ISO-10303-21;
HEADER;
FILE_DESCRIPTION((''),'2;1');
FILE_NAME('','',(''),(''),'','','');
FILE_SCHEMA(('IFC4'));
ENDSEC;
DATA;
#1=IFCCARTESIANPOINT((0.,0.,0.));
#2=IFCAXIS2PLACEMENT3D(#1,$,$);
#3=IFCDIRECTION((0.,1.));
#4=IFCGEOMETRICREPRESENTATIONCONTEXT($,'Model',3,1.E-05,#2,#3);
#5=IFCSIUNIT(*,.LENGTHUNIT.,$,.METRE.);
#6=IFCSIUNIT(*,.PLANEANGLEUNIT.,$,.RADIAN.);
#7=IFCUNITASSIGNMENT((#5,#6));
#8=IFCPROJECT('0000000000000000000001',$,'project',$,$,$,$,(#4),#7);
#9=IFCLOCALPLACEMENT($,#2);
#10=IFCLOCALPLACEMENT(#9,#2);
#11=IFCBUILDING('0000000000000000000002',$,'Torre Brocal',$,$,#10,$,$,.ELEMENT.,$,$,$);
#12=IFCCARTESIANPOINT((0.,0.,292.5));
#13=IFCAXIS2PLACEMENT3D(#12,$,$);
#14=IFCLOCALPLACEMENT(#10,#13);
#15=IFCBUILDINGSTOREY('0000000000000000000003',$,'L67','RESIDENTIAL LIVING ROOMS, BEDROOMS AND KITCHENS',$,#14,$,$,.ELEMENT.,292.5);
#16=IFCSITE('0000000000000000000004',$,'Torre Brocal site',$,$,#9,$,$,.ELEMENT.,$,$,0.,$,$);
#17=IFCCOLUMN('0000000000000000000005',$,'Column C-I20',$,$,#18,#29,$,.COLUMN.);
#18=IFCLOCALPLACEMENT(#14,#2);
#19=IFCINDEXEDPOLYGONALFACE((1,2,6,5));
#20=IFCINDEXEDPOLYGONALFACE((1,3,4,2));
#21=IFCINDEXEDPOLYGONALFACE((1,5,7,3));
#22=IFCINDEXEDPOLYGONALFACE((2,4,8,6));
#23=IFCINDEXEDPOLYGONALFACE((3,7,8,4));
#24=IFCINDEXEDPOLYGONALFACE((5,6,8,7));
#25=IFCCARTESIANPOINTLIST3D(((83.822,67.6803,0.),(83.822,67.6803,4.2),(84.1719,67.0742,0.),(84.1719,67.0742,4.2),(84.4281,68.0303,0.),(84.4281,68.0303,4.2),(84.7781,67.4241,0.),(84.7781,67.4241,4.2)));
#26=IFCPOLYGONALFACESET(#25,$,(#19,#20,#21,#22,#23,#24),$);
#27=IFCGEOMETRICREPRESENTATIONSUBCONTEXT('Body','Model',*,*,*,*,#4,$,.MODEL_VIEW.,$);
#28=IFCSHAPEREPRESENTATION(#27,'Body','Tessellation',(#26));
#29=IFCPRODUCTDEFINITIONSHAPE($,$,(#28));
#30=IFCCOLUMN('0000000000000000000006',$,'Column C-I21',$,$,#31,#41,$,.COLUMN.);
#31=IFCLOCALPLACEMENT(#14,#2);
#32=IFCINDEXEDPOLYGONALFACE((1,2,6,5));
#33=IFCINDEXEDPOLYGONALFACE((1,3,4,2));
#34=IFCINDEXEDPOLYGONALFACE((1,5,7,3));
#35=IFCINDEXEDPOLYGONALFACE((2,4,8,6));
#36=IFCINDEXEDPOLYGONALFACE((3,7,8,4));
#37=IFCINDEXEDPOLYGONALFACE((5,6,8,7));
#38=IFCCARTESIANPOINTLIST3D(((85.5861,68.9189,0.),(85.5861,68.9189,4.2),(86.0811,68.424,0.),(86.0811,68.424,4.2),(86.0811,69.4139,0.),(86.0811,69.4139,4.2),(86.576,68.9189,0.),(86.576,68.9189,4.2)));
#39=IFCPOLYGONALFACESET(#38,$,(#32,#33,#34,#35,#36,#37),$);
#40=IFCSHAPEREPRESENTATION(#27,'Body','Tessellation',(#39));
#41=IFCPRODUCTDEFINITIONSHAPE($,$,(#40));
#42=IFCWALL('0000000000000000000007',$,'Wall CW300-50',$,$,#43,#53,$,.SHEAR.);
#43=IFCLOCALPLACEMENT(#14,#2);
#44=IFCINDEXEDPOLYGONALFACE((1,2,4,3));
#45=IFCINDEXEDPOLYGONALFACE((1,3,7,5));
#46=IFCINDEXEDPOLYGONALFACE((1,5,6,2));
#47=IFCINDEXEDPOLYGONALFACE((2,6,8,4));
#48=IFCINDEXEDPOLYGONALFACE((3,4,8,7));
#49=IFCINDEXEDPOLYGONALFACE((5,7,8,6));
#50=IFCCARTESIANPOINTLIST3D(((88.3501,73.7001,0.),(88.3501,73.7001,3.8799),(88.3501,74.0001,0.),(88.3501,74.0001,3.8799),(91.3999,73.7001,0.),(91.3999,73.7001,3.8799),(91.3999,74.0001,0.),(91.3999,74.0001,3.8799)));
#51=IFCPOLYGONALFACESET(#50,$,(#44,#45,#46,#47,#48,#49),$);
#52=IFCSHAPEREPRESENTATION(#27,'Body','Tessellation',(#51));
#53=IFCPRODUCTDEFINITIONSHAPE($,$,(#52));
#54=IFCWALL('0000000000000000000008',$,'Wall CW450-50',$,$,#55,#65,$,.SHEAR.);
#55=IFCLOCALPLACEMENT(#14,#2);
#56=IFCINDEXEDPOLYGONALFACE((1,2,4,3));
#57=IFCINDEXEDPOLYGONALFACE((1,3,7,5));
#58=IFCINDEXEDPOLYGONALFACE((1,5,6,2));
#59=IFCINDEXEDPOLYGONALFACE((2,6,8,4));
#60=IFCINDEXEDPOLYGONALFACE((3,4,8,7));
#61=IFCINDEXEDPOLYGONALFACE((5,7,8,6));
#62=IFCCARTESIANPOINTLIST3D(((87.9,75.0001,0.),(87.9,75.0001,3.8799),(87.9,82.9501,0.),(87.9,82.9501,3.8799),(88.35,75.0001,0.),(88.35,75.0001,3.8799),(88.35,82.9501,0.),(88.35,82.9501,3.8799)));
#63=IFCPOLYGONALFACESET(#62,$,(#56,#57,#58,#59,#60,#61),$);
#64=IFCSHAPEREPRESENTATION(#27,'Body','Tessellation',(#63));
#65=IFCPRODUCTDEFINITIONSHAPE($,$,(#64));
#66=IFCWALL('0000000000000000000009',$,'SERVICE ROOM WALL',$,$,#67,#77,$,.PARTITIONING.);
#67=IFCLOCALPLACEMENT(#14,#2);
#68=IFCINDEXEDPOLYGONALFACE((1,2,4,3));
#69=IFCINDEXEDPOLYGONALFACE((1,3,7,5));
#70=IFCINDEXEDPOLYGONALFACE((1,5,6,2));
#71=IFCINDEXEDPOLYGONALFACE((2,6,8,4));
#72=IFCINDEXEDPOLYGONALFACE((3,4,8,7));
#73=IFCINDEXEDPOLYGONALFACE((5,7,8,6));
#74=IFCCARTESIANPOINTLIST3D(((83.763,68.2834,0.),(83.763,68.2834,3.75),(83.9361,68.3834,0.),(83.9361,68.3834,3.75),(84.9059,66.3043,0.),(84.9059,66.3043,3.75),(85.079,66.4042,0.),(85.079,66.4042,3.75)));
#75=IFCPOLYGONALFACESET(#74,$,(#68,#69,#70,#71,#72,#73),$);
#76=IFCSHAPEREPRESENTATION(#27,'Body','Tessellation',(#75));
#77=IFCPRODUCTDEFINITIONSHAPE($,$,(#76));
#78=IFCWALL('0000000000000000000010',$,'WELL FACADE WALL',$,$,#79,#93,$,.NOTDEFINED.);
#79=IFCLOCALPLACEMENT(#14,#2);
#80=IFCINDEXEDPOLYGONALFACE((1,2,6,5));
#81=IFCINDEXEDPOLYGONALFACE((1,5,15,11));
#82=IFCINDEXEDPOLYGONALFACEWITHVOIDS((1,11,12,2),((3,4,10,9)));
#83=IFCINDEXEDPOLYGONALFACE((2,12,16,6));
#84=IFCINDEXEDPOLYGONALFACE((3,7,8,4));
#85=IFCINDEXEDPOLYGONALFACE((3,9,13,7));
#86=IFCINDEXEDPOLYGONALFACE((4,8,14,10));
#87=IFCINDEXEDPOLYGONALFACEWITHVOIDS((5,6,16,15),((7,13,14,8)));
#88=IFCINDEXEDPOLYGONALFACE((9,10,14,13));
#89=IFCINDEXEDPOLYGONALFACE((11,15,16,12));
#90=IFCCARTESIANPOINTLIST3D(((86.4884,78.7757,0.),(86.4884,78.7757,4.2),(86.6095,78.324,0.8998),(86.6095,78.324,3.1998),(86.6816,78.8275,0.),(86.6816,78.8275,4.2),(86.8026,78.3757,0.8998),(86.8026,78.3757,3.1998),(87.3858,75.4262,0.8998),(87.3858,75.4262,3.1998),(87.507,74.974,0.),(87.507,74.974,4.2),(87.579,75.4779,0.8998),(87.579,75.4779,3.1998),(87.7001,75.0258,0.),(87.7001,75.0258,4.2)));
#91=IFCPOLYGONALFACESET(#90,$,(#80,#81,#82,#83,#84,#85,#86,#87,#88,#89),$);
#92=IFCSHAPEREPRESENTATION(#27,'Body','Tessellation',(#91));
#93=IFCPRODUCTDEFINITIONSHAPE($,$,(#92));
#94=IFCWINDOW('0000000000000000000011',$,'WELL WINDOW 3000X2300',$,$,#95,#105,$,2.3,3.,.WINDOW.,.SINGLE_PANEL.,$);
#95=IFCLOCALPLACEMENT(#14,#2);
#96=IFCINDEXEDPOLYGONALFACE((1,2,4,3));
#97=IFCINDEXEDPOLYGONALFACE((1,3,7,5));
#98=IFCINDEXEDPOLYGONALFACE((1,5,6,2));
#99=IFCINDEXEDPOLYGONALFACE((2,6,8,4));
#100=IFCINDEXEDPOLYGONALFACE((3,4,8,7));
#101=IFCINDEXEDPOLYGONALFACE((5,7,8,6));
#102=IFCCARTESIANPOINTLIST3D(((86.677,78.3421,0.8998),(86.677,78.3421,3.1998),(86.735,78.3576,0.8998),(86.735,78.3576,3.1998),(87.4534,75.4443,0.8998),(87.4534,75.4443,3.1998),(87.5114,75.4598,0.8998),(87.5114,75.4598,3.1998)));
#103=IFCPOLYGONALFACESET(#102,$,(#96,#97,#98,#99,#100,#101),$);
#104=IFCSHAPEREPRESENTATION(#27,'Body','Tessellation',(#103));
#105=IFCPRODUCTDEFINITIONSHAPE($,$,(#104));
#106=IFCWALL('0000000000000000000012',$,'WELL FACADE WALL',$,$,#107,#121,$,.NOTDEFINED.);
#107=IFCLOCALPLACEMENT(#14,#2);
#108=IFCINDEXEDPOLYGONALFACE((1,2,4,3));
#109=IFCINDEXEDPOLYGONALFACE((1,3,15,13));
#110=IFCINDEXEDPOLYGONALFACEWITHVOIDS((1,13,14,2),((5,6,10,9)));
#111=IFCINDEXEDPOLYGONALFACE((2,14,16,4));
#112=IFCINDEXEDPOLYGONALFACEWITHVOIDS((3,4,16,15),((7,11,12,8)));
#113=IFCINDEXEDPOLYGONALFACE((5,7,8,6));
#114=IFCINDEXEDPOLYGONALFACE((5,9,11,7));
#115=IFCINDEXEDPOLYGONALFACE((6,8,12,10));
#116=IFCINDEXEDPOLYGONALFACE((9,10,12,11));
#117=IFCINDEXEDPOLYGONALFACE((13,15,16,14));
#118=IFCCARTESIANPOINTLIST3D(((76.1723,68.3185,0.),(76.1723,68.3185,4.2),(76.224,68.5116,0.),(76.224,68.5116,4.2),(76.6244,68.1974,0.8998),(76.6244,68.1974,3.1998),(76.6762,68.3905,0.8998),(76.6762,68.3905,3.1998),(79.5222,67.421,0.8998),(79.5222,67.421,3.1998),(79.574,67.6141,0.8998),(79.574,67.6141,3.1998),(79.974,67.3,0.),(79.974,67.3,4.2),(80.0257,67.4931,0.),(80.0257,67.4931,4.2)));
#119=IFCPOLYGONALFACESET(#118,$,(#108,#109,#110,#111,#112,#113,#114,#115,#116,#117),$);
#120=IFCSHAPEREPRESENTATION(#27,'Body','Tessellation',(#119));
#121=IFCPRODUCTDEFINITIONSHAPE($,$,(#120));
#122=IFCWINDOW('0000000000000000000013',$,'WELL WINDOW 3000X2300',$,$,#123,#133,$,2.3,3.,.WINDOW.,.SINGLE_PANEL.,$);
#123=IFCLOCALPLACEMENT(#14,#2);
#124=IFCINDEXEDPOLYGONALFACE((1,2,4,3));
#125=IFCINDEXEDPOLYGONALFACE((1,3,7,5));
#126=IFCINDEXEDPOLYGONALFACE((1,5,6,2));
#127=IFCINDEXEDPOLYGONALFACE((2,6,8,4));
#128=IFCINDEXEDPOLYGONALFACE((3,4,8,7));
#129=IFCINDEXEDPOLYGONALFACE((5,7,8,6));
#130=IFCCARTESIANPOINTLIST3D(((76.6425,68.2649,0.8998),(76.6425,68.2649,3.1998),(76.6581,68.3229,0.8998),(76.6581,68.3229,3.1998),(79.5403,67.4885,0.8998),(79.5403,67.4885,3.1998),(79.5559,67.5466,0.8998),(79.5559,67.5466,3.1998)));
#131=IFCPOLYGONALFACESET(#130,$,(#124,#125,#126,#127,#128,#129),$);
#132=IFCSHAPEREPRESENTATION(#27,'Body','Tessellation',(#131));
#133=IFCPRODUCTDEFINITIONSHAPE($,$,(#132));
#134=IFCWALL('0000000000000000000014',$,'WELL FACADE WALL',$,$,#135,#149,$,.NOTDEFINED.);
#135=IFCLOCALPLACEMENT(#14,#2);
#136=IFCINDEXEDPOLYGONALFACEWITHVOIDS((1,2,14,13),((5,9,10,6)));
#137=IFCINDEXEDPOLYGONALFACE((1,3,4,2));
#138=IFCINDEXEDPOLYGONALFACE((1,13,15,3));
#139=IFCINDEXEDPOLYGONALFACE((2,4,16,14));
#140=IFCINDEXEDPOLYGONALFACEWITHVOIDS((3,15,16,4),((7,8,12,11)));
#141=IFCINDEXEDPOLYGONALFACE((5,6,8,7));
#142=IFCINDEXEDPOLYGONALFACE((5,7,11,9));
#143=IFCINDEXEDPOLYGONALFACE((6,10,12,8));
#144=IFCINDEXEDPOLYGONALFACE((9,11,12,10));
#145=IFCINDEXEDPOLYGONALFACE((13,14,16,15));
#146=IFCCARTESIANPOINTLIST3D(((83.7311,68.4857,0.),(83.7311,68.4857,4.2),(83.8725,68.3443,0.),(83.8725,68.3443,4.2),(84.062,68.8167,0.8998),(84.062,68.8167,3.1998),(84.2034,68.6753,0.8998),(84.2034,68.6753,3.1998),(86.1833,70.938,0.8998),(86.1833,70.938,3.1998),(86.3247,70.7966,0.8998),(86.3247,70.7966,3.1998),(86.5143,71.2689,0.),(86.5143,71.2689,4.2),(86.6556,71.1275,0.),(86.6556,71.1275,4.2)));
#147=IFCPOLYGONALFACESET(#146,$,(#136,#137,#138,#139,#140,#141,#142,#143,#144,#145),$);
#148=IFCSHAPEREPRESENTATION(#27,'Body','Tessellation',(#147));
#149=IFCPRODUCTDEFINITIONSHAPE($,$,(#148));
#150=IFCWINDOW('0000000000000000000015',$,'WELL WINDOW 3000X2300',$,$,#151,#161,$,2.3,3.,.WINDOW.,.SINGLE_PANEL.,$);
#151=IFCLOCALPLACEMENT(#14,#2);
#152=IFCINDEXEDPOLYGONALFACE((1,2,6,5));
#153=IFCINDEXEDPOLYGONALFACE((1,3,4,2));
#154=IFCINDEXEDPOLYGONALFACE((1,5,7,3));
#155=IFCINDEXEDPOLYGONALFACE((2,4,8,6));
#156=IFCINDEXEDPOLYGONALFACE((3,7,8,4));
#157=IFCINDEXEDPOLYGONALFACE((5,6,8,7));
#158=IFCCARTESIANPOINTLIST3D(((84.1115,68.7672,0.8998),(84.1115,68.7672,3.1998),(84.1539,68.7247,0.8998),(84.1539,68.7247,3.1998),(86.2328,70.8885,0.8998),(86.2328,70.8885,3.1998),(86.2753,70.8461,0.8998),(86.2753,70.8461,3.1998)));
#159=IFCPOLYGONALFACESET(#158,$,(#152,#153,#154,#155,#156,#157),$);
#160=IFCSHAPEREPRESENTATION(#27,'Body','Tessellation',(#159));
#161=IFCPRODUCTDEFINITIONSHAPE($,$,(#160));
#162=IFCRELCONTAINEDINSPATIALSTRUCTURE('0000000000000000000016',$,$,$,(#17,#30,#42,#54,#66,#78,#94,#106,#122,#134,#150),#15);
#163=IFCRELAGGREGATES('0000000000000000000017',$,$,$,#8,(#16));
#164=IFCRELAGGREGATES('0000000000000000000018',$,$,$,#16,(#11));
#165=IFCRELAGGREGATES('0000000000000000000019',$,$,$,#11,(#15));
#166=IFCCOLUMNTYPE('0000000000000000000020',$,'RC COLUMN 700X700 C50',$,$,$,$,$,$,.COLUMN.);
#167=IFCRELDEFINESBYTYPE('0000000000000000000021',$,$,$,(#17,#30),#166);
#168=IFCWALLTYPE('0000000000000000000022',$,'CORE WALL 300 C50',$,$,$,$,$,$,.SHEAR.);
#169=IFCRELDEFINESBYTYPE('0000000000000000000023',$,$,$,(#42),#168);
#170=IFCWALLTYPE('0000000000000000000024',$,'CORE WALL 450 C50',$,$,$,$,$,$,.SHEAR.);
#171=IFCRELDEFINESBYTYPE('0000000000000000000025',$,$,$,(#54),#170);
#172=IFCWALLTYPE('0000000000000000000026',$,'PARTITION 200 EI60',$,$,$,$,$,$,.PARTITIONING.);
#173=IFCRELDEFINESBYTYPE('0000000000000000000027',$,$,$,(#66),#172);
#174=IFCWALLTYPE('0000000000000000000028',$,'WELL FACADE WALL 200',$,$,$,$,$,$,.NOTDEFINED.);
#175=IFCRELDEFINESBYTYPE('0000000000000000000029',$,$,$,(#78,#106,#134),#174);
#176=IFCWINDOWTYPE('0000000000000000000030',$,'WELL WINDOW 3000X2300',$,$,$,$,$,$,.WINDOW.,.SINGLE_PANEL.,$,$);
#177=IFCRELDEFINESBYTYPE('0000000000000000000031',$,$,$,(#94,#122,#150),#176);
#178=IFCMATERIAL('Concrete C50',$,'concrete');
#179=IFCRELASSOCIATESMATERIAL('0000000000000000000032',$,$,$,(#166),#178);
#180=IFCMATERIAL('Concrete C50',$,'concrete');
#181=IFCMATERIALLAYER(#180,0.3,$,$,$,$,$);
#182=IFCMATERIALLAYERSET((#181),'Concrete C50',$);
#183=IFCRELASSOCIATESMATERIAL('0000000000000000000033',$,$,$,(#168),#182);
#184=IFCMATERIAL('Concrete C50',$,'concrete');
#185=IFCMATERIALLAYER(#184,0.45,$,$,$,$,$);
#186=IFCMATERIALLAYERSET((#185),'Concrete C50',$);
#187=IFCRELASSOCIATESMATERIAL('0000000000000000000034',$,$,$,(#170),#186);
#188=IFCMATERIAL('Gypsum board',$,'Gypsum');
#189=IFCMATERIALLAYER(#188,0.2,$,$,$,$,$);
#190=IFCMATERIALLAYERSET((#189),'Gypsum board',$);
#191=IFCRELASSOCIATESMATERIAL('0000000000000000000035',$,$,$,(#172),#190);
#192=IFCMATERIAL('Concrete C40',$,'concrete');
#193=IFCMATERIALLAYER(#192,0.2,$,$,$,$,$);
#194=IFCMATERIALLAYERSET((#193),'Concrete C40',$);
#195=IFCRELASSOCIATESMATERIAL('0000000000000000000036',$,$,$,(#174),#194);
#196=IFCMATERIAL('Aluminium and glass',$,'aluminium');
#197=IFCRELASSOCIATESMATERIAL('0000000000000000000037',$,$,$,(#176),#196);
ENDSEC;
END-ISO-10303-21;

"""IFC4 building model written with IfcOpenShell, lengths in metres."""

from ifc_helpers import new_model, si_unit, direction, frame, frame_2d, origin, origin_2d, place, context, subcontext, project, spatial, rectangle, extrude, material, layer, layer_set, material_profile, profile_set, type_object, element, fill, save


model = new_model("IFC4")

# Units and contexts
model_context = context("Model", 3, precision=1e-05, world=origin(), true_north=direction((0.0, 1.0)))
body_context = subcontext(model_context, "Body", "Model", "MODEL_VIEW")
ifc_project = project(units=[si_unit("LENGTHUNIT", "METRE"), si_unit("PLANEANGLEUNIT", "RADIAN")], contexts=[model_context])

# Site, building, storey
site_placement = place(None, origin())
site = spatial("IfcSite", under=ifc_project, at=site_placement, Name="Torre Brocal site", CompositionType="ELEMENT", RefElevation=0.0)
building_placement = place(site_placement, origin())
building = spatial("IfcBuilding", under=site, at=building_placement, Name="Torre Brocal", CompositionType="ELEMENT")
storey_placement = place(building_placement, frame((0.0, 0.0, 292.5)))
storey = spatial("IfcBuildingStorey", under=building, at=storey_placement, Name="L67", Description="RESIDENTIAL LIVING ROOMS, BEDROOMS AND KITCHENS", CompositionType="ELEMENT", Elevation=292.5)

# Columns
ifc_material_1 = material(Name="Concrete C50", Category="concrete")
ifc_material_profile = material_profile(ifc_material_1, rectangle(XDim=0.7, YDim=0.7, at=origin_2d()), Name="RC 700X700")
ifc_profile_set = profile_set([ifc_material_profile], Name="Concrete C50")
column_type = type_object("IfcColumnType", Name="RC COLUMN 700X700 C50", PredefinedType="COLUMN", material=ifc_profile_set)
for number, where, z_axis, x_axis, name in (
    (1, (84.3, 67.5522, 0.0), (0.0, 0.0, 1.0), (0.5, -0.866025, 0.0), "Column C-I20"),
    (2, (86.0811, 68.9189, 0.0), (0.0, 0.0, 1.0), (0.707107, -0.707107, 0.0), "Column C-I21"),
):
    element("IfcColumn", number, at=place(storey_placement, frame(where, z_axis=z_axis, x_axis=x_axis)), inside=storey, type_object=column_type, Name=name, PredefinedType="COLUMN", context=body_context, shape_type="SweptSolid", body=[
        extrude(rectangle(XDim=0.7, YDim=0.7, at=origin_2d()), origin(), (0.0, 0.0, 1.0), 4.2),
    ])

# Walls
ifc_material_2 = material(Name="Concrete C50", Category="concrete")
ifc_layer_1 = layer(ifc_material_2, 0.3)
ifc_layer_set_1 = layer_set([ifc_layer_1], Name="Concrete C50")
wall_type_1 = type_object("IfcWallType", Name="CORE WALL 300 C50", PredefinedType="SHEAR", material=ifc_layer_set_1)
wall_1_placement = place(storey_placement, frame((88.3501, 73.8501, 0.0), z_axis=(0.0, 0.0, 1.0), x_axis=(1.0, 0.0, 0.0)))
element("IfcWall", 3, at=wall_1_placement, inside=storey, type_object=wall_type_1, Name="Wall CW300-50", PredefinedType="SHEAR", context=body_context, shape_type="SweptSolid", body=[
    extrude(rectangle(XDim=3.0498, YDim=0.3, at=frame_2d((1.5249, 0.0))), origin(), (0.0, 0.0, 1.0), 3.8799),
])
ifc_material_3 = material(Name="Concrete C50", Category="concrete")
ifc_layer_2 = layer(ifc_material_3, 0.45)
ifc_layer_set_2 = layer_set([ifc_layer_2], Name="Concrete C50")
wall_type_2 = type_object("IfcWallType", Name="CORE WALL 450 C50", PredefinedType="SHEAR", material=ifc_layer_set_2)
wall_2_placement = place(storey_placement, frame((88.125, 75.0, 0.0), z_axis=(0.0, 0.0, 1.0), x_axis=(0.0, 1.0, 0.0)))
element("IfcWall", 4, at=wall_2_placement, inside=storey, type_object=wall_type_2, Name="Wall CW450-50", PredefinedType="SHEAR", context=body_context, shape_type="SweptSolid", body=[
    extrude(rectangle(XDim=7.95, YDim=0.45, at=frame_2d((3.9751, 0.0))), origin(), (0.0, 0.0, 1.0), 3.8799),
])
ifc_material_4 = material(Name="Gypsum board", Category="Gypsum")
ifc_layer_3 = layer(ifc_material_4, 0.2)
ifc_layer_set_3 = layer_set([ifc_layer_3], Name="Gypsum board")
wall_type_3 = type_object("IfcWallType", Name="PARTITION 200 EI60", PredefinedType="PARTITIONING", material=ifc_layer_set_3)
wall_3_placement = place(storey_placement, frame((83.8496, 68.3333, 0.0), z_axis=(0.0, 0.0, 1.0), x_axis=(0.50008, -0.865979, 0.0)))
element("IfcWall", 5, at=wall_3_placement, inside=storey, type_object=wall_type_3, Name="SERVICE ROOM WALL", PredefinedType="PARTITIONING", context=body_context, shape_type="SweptSolid", body=[
    extrude(rectangle(XDim=2.2854, YDim=0.2, at=frame_2d((1.1426, 0.0))), origin(), (0.0, 0.0, 1.0), 3.75),
])

# Walls, openings, windows
ifc_material_5 = material(Name="Concrete C40", Category="concrete")
ifc_layer_4 = layer(ifc_material_5, 0.2)
ifc_layer_set_4 = layer_set([ifc_layer_4], Name="Concrete C40")
wall_type_4 = type_object("IfcWallType", Name="WELL FACADE WALL 200", PredefinedType="NOTDEFINED", material=ifc_layer_set_4)
wall_4_placement = place(storey_placement, frame((87.6035, 75.0, 0.0), z_axis=(0.0, 0.0, 1.0), x_axis=(-0.25879, 0.965934, 0.0)))
wall_4 = element("IfcWall", 6, at=wall_4_placement, inside=storey, type_object=wall_type_4, Name="WELL FACADE WALL", PredefinedType="NOTDEFINED", context=body_context, shape_type="SweptSolid", body=[
    extrude(rectangle(XDim=3.9358, YDim=0.2, at=frame_2d((1.9678, 0.0))), origin(), (0.0, 0.0, 1.0), 4.2),
])
opening_1_placement = place(wall_4_placement, frame((0.468, 0.0, 0.8999)))
opening_1 = element("IfcOpeningElement", 7, at=opening_1_placement, cuts=wall_4, PredefinedType="OPENING", context=body_context, shape_type="SweptSolid", body=[
    extrude(rectangle(XDim=3.0, YDim=2.3, at=frame_2d((1.5, 1.1499))), frame((0.0, 0.1099, 0.0), z_axis=(0.0, -1.0, 0.0), x_axis=(1.0, 0.0, 0.0)), (0.0, 0.0, 1.0), 0.22),
])
ifc_material_6 = material(Name="Aluminium and glass", Category="aluminium")
window_type = type_object("IfcWindowType", Name="WELL WINDOW 3000X2300", PartitioningType="SINGLE_PANEL", PredefinedType="WINDOW", material=ifc_material_6)
window_1_placement = place(opening_1_placement, origin())
window_1 = element("IfcWindow", 8, at=window_1_placement, inside=storey, type_object=window_type, Name="WELL WINDOW 3000X2300", OverallHeight=2.3, OverallWidth=3.0, PartitioningType="SINGLE_PANEL", PredefinedType="WINDOW", context=body_context, shape_type="SweptSolid", body=[
    extrude(rectangle(XDim=3.0, YDim=2.3, at=frame_2d((1.5, 1.1499))), frame((0.0, 0.03, 0.0), z_axis=(0.0, -1.0, 0.0), x_axis=(1.0, 0.0, 0.0)), (0.0, 0.0, 1.0), 0.0601),
])
fill(opening_1, window_1)
wall_5_placement = place(storey_placement, frame((76.1982, 68.415, 0.0), z_axis=(0.0, 0.0, 1.0), x_axis=(0.965934, -0.25879, 0.0)))
wall_5 = element("IfcWall", 9, at=wall_5_placement, inside=storey, type_object=wall_type_4, Name="WELL FACADE WALL", PredefinedType="NOTDEFINED", context=body_context, shape_type="SweptSolid", body=[
    extrude(rectangle(XDim=3.9358, YDim=0.2, at=frame_2d((1.9678, 0.0))), origin(), (0.0, 0.0, 1.0), 4.2),
])
opening_2_placement = place(wall_5_placement, frame((0.468, 0.0, 0.8999)))
opening_2 = element("IfcOpeningElement", 10, at=opening_2_placement, cuts=wall_5, PredefinedType="OPENING", context=body_context, shape_type="SweptSolid", body=[
    extrude(rectangle(XDim=3.0, YDim=2.3, at=frame_2d((1.5, 1.1499))), frame((0.0, 0.1099, 0.0), z_axis=(0.0, -1.0, 0.0), x_axis=(1.0, 0.0, 0.0)), (0.0, 0.0, 1.0), 0.22),
])
window_2_placement = place(opening_2_placement, origin())
window_2 = element("IfcWindow", 11, at=window_2_placement, inside=storey, type_object=window_type, Name="WELL WINDOW 3000X2300", OverallHeight=2.3, OverallWidth=3.0, PartitioningType="SINGLE_PANEL", PredefinedType="WINDOW", context=body_context, shape_type="SweptSolid", body=[
    extrude(rectangle(XDim=3.0, YDim=2.3, at=frame_2d((1.5, 1.1499))), frame((0.0, 0.03, 0.0), z_axis=(0.0, -1.0, 0.0), x_axis=(1.0, 0.0, 0.0)), (0.0, 0.0, 1.0), 0.0601),
])
fill(opening_2, window_2)
wall_6_placement = place(storey_placement, frame((83.8018, 68.415, 0.0), z_axis=(0.0, 0.0, 1.0), x_axis=(0.707107, 0.707107, 0.0)))
wall_6 = element("IfcWall", 12, at=wall_6_placement, inside=storey, type_object=wall_type_4, Name="WELL FACADE WALL", PredefinedType="NOTDEFINED", context=body_context, shape_type="SweptSolid", body=[
    extrude(rectangle(XDim=3.936, YDim=0.2, at=frame_2d((1.968, 0.0))), origin(), (0.0, 0.0, 1.0), 4.2),
])
opening_3_placement = place(wall_6_placement, frame((0.468, 0.0, 0.8999)))
opening_3 = element("IfcOpeningElement", 13, at=opening_3_placement, cuts=wall_6, PredefinedType="OPENING", context=body_context, shape_type="SweptSolid", body=[
    extrude(rectangle(XDim=3.0, YDim=2.3, at=frame_2d((1.5, 1.1499))), frame((0.0, 0.1099, 0.0), z_axis=(0.0, -1.0, 0.0), x_axis=(1.0, 0.0, 0.0)), (0.0, 0.0, 1.0), 0.22),
])
window_3_placement = place(opening_3_placement, origin())
window_3 = element("IfcWindow", 14, at=window_3_placement, inside=storey, type_object=window_type, Name="WELL WINDOW 3000X2300", OverallHeight=2.3, OverallWidth=3.0, PartitioningType="SINGLE_PANEL", PredefinedType="WINDOW", context=body_context, shape_type="SweptSolid", body=[
    extrude(rectangle(XDim=3.0, YDim=2.3, at=frame_2d((1.5, 1.1499))), frame((0.0, 0.03, 0.0), z_axis=(0.0, -1.0, 0.0), x_axis=(1.0, 0.0, 0.0)), (0.0, 0.0, 1.0), 0.0601),
])
fill(opening_3, window_3)

save(model, "model.ifc")
